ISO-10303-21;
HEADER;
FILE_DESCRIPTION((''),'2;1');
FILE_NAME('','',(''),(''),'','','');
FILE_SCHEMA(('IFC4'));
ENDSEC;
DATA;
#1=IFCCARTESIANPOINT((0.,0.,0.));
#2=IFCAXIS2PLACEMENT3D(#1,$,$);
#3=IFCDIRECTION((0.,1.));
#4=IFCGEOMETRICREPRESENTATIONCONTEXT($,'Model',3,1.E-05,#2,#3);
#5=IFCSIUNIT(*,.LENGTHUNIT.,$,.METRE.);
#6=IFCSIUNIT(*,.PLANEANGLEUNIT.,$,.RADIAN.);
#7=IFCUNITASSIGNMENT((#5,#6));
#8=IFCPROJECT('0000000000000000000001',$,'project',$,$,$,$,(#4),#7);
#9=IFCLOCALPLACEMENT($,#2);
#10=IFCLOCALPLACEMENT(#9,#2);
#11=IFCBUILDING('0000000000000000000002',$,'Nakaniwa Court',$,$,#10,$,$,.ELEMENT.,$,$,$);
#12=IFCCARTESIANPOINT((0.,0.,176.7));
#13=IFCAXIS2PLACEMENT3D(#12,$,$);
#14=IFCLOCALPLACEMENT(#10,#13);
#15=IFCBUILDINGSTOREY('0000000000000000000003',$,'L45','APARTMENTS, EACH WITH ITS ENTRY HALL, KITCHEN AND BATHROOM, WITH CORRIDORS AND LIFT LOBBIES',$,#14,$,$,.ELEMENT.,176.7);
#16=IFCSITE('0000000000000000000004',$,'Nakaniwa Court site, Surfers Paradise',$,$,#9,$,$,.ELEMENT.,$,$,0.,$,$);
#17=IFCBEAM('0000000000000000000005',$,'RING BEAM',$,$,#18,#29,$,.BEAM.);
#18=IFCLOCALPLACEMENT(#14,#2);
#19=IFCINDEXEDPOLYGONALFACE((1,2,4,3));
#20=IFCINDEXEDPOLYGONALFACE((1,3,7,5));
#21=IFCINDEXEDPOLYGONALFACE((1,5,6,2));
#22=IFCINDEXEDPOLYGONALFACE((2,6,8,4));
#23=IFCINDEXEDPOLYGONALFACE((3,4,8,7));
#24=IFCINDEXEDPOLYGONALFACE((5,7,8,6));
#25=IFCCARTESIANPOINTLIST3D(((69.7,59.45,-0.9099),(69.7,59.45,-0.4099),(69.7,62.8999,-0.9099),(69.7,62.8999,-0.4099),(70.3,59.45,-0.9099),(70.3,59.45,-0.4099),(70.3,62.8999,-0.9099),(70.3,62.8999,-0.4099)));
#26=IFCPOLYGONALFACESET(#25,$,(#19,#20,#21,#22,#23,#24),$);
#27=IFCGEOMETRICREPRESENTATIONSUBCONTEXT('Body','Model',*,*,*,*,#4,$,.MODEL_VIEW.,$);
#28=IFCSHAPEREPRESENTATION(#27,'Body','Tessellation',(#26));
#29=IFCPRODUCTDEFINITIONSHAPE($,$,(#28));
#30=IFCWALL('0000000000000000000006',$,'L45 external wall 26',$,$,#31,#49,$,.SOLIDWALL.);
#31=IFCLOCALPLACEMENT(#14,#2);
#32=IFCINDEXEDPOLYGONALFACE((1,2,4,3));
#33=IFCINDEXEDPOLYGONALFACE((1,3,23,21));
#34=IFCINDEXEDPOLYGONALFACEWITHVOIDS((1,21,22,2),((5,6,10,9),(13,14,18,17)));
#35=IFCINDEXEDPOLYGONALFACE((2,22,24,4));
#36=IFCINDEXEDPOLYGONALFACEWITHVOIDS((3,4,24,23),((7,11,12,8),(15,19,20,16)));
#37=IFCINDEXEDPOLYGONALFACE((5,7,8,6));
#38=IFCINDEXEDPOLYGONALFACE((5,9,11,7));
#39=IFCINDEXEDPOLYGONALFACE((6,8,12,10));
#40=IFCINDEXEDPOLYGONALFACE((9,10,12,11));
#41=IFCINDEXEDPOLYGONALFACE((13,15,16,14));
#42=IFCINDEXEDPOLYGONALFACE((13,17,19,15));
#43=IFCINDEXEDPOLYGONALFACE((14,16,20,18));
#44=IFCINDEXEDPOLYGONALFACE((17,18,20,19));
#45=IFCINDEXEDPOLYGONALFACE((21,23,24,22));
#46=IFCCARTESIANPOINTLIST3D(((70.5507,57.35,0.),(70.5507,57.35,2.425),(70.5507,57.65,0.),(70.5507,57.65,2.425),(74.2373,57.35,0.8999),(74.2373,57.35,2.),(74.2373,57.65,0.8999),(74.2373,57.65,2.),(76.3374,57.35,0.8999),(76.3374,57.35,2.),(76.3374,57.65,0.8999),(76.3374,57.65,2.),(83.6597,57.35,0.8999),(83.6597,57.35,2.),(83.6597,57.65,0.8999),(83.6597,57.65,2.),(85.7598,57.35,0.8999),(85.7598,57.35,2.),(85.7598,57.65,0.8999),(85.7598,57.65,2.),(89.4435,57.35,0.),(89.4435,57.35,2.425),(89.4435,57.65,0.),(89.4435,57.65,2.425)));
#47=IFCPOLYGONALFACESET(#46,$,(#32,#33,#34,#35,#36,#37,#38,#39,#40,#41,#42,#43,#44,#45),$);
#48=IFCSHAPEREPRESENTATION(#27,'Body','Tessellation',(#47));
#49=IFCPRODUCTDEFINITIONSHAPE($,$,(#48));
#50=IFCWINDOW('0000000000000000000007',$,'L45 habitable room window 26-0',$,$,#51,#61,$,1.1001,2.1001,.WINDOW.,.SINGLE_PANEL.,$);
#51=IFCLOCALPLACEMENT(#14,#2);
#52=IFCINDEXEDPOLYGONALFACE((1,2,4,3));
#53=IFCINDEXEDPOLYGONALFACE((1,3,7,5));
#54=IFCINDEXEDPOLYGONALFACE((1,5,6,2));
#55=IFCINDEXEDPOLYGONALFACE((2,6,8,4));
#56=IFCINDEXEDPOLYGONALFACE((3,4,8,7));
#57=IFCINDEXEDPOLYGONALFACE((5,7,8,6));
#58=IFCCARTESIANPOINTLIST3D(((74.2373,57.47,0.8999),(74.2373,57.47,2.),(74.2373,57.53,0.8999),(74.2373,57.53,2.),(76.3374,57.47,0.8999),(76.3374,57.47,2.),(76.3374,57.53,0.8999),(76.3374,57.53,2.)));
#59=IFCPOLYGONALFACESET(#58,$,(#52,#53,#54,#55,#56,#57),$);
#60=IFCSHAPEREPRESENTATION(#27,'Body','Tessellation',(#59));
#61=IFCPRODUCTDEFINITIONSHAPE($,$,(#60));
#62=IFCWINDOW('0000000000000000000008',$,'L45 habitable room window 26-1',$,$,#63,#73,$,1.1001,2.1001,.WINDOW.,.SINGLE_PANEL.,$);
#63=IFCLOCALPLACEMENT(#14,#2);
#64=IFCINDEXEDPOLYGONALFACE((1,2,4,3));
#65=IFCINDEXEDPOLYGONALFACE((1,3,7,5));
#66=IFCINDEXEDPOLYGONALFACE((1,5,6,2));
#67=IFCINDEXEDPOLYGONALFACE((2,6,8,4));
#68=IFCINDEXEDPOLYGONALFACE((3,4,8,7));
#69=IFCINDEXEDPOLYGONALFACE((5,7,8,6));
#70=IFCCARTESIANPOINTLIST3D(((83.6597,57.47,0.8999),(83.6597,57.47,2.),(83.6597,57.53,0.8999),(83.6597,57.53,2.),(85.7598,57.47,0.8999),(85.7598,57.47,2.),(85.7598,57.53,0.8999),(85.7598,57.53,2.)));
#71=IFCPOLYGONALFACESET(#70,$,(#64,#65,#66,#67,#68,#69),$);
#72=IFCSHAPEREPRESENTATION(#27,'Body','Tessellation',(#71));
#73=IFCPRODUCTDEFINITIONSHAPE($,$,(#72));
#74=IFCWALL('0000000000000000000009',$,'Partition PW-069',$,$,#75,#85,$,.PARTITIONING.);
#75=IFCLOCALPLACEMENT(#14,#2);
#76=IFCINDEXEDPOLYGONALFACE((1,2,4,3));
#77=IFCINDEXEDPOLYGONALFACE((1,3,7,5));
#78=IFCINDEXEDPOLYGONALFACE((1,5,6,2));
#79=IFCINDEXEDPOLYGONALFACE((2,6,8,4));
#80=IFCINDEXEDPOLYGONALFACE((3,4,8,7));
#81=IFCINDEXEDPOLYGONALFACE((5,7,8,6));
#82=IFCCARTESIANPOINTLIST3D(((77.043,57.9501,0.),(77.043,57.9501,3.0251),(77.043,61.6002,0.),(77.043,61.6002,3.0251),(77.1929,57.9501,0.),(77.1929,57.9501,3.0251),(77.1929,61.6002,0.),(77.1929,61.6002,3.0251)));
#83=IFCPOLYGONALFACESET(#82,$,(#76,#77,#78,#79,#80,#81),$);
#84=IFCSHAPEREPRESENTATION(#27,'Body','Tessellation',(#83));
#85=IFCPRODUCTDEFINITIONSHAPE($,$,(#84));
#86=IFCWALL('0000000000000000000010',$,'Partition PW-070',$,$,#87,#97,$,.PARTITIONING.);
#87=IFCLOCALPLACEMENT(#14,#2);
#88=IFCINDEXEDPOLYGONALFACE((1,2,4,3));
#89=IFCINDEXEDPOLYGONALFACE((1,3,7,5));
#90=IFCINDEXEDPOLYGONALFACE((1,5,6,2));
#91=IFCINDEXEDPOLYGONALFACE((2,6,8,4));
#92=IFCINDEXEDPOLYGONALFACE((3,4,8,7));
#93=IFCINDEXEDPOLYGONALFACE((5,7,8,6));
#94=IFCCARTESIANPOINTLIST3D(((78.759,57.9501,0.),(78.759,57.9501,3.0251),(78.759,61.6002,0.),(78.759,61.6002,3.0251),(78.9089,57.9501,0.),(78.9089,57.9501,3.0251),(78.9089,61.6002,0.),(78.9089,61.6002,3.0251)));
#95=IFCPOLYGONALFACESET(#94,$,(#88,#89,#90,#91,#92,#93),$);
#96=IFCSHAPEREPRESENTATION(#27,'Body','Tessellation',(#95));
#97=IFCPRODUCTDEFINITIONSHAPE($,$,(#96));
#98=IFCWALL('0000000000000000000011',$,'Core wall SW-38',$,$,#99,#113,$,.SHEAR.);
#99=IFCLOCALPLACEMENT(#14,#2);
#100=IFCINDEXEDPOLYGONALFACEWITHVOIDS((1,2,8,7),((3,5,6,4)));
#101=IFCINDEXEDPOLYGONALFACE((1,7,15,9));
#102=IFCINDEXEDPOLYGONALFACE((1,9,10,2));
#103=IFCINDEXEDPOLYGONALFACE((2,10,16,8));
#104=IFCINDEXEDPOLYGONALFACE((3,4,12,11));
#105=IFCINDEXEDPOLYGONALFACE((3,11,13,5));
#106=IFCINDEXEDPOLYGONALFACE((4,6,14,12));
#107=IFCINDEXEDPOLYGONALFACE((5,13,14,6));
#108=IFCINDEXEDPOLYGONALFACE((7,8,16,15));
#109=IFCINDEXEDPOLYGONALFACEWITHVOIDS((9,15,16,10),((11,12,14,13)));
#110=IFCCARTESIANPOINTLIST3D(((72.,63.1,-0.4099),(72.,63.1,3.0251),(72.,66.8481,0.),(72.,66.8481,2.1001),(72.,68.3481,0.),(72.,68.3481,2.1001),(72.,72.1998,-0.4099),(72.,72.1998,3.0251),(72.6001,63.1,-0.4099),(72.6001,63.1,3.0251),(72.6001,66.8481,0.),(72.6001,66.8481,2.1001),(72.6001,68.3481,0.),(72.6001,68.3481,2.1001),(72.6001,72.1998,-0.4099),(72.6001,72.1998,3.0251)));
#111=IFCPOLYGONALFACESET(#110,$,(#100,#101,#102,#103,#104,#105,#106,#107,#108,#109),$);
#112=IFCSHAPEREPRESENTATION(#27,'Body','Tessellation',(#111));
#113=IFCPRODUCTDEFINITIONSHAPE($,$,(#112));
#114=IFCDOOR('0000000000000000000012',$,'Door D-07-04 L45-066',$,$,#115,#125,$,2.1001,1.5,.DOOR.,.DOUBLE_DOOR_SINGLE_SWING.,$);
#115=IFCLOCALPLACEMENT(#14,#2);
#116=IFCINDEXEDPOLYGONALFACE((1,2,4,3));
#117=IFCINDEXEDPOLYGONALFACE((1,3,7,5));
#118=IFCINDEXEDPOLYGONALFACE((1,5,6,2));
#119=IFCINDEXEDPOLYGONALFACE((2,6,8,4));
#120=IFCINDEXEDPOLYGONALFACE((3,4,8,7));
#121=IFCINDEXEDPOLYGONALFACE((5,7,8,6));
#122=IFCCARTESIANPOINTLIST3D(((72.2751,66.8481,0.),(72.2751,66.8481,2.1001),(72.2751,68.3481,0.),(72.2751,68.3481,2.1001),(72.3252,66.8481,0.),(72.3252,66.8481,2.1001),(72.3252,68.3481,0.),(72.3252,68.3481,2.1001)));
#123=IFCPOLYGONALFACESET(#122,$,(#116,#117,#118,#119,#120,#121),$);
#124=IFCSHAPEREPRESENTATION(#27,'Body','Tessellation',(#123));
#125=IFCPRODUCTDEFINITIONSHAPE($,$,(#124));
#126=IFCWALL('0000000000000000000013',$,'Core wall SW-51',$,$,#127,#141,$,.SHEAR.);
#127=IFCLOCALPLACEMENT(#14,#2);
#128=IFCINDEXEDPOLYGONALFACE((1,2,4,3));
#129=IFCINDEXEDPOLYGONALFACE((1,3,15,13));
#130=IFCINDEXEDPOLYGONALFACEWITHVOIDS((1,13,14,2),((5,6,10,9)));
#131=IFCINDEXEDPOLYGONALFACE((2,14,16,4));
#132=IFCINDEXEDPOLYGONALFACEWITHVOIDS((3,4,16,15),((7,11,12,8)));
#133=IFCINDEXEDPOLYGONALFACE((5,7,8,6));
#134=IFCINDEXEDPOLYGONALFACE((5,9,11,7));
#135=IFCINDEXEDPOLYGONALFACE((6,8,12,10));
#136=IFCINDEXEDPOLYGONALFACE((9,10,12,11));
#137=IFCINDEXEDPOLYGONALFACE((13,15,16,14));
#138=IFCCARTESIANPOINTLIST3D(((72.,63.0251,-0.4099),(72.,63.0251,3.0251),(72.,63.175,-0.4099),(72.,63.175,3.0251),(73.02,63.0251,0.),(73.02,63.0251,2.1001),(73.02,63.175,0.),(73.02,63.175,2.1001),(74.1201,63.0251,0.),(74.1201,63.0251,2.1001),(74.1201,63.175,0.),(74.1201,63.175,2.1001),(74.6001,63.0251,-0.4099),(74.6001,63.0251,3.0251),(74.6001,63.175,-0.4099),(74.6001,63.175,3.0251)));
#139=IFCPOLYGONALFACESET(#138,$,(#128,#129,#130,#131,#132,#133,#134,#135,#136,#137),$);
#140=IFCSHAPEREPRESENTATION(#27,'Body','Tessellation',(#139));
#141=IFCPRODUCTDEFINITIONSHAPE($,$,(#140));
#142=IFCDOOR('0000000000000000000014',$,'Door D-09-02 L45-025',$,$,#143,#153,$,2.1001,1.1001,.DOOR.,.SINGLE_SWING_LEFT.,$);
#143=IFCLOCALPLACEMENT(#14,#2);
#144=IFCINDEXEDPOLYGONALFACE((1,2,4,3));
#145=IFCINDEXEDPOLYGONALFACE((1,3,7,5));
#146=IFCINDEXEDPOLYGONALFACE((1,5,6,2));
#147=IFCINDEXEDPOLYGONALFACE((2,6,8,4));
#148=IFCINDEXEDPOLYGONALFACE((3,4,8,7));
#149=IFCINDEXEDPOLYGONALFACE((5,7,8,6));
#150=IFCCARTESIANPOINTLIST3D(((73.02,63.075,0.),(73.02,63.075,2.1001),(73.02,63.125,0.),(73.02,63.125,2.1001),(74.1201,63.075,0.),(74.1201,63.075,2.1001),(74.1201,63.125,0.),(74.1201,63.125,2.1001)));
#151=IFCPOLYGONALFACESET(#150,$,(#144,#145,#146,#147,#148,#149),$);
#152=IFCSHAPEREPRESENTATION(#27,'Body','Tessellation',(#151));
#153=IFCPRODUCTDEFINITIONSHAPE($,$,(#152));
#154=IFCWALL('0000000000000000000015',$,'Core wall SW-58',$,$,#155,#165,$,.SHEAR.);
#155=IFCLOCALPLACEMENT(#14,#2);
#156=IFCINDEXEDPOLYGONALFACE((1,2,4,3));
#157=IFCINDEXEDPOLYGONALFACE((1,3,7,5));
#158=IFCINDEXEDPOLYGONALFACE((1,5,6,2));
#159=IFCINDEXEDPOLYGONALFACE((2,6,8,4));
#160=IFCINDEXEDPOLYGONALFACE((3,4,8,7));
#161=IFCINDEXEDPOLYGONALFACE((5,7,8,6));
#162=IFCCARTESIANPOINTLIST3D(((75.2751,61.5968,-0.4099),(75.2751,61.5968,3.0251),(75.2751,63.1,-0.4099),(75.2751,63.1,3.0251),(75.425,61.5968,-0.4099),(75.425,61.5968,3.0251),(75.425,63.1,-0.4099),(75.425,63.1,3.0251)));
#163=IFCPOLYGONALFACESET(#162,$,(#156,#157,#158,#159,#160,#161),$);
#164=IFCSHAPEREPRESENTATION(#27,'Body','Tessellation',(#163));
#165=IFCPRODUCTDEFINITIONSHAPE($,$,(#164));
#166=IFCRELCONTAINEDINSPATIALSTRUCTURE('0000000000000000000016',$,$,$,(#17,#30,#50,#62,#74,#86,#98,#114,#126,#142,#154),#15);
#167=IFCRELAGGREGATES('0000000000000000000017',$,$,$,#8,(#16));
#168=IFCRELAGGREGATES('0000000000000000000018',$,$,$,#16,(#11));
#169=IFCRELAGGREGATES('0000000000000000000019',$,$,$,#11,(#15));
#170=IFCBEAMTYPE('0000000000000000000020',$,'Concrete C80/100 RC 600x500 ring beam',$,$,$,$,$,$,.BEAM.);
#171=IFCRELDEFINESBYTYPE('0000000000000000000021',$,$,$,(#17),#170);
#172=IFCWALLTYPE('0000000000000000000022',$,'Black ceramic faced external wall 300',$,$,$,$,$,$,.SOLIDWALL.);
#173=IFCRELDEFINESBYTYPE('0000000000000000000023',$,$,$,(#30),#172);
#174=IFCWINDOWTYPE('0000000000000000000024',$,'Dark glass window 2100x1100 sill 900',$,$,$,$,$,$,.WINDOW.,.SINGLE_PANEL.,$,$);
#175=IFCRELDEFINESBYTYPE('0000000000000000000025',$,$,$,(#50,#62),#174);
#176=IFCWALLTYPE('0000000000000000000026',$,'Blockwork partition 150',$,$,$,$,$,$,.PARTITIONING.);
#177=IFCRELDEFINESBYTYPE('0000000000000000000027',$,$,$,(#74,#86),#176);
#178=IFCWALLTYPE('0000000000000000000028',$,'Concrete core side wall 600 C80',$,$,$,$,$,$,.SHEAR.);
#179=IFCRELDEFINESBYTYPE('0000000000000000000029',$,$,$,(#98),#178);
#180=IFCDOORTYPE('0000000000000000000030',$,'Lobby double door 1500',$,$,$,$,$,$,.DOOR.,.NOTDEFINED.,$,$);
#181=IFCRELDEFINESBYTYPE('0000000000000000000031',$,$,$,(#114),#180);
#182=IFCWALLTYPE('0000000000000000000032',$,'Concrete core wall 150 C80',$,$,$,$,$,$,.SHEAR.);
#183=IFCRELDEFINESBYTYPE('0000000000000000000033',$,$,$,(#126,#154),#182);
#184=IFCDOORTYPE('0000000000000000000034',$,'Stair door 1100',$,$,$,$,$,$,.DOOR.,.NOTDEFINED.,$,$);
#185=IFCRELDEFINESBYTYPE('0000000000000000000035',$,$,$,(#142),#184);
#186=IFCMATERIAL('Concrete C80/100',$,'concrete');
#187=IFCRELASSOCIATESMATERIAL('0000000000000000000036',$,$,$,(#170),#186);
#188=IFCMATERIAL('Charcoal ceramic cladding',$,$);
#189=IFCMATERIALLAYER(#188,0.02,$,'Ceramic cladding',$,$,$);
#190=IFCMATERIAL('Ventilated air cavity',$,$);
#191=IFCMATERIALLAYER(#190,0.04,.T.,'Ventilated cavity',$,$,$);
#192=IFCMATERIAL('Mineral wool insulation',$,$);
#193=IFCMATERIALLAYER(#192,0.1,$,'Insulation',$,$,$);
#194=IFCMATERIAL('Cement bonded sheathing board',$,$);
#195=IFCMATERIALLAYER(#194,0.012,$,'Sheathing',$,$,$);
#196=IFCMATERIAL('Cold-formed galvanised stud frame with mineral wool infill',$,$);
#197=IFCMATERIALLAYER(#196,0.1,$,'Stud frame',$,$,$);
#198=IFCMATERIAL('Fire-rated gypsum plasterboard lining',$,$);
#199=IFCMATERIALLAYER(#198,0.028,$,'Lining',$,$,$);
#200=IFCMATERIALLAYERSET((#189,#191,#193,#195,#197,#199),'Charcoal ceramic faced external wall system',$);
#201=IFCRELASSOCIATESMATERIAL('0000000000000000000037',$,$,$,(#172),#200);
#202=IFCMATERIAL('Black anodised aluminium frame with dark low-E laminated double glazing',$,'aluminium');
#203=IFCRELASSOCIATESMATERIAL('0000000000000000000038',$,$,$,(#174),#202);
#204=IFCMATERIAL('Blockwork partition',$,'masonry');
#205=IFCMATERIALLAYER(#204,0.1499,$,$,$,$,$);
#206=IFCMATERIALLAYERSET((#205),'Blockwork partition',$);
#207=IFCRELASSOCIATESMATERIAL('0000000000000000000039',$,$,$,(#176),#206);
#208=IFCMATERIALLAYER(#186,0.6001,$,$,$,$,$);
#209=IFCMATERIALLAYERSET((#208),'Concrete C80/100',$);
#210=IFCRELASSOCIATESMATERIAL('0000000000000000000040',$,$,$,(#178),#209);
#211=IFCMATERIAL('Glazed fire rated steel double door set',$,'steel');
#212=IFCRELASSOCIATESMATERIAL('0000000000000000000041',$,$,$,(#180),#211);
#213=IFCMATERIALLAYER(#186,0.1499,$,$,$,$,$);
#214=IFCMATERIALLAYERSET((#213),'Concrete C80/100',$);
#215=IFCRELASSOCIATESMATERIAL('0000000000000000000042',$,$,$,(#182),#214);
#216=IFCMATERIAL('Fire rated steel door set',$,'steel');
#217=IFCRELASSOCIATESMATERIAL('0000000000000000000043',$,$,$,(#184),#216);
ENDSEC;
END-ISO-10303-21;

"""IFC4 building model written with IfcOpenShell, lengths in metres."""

from ifc_helpers import new_model, si_unit, direction, frame, frame_2d, origin, origin_2d, place, context, subcontext, project, spatial, rectangle, extrude, material, layer, layer_set, material_profile, profile_set, type_object, element, fill, save


model = new_model("IFC4")

# Units and contexts
model_context = context("Model", 3, precision=1e-05, world=origin(), true_north=direction((0.0, 1.0)))
body_context = subcontext(model_context, "Body", "Model", "MODEL_VIEW")
ifc_project = project(units=[si_unit("LENGTHUNIT", "METRE"), si_unit("PLANEANGLEUNIT", "RADIAN")], contexts=[model_context])

# Site, building, storey
site_placement = place(None, origin())
site = spatial("IfcSite", under=ifc_project, at=site_placement, Name="Nakaniwa Court site, Surfers Paradise", CompositionType="ELEMENT", RefElevation=0.0)
building_placement = place(site_placement, origin())
building = spatial("IfcBuilding", under=site, at=building_placement, Name="Nakaniwa Court", CompositionType="ELEMENT")
storey_placement = place(building_placement, frame((0.0, 0.0, 176.7)))
storey = spatial("IfcBuildingStorey", under=building, at=storey_placement, Name="L45", Description="APARTMENTS, EACH WITH ITS ENTRY HALL, KITCHEN AND BATHROOM, WITH CORRIDORS AND LIFT LOBBIES", CompositionType="ELEMENT", Elevation=176.7)

# Beam
ifc_material_1 = material(Name="Concrete C80/100", Category="concrete")
ifc_material_profile_1 = material_profile(ifc_material_1, rectangle(XDim=0.6001, YDim=0.5, at=origin_2d()), Name="Concrete C80/100 RC 600x500 ring beam")
ifc_profile_set_1 = profile_set([ifc_material_profile_1], Name="Concrete C80/100")
beam_type = type_object("IfcBeamType", Name="Concrete C80/100 RC 600x500 ring beam", PredefinedType="BEAM", material=ifc_profile_set_1)
beam_placement = place(storey_placement, frame((70.0, 62.8999, -0.6599), z_axis=(0.0, -1.0, 0.0), x_axis=(1.0, 0.0, 0.0)))
element("IfcBeam", 1, at=beam_placement, inside=storey, type_object=beam_type, Name="RING BEAM", PredefinedType="BEAM", context=body_context, shape_type="SweptSolid", body=[
    extrude(rectangle(XDim=0.6001, YDim=0.5, at=origin_2d()), origin(), (0.0, 0.0, 1.0), 3.45),
])

# Wall, openings, windows
ifc_material_2 = material(Name="Charcoal ceramic cladding")
ifc_layer_1 = layer(ifc_material_2, 0.02, Name="Ceramic cladding")
ifc_material_3 = material(Name="Ventilated air cavity")
ifc_layer_2 = layer(ifc_material_3, 0.04, ventilated=True, Name="Ventilated cavity")
ifc_material_4 = material(Name="Mineral wool insulation")
ifc_layer_3 = layer(ifc_material_4, 0.1, Name="Insulation")
ifc_material_5 = material(Name="Cement bonded sheathing board")
ifc_layer_4 = layer(ifc_material_5, 0.012, Name="Sheathing")
ifc_material_6 = material(Name="Cold-formed galvanised stud frame with mineral wool infill")
ifc_layer_5 = layer(ifc_material_6, 0.1, Name="Stud frame")
ifc_material_7 = material(Name="Fire-rated gypsum plasterboard lining")
ifc_layer_6 = layer(ifc_material_7, 0.028, Name="Lining")
ifc_layer_set_1 = layer_set([ifc_layer_1, ifc_layer_2, ifc_layer_3, ifc_layer_4, ifc_layer_5, ifc_layer_6], Name="Charcoal ceramic faced external wall system")
wall_type_1 = type_object("IfcWallType", Name="Black ceramic faced external wall 300", PredefinedType="SOLIDWALL", material=ifc_layer_set_1)
wall_1_placement = place(storey_placement, frame((70.5508, 57.5, 0.0), z_axis=(0.0, 0.0, 1.0), x_axis=(1.0, 0.0, 0.0)))
wall_1 = element("IfcWall", 2, at=wall_1_placement, inside=storey, type_object=wall_type_1, Name="L45 external wall 26", PredefinedType="SOLIDWALL", context=body_context, shape_type="SweptSolid", body=[
    extrude(rectangle(XDim=18.8928, YDim=0.3, at=frame_2d((9.4463, 0.0))), origin(), (0.0, 0.0, 1.0), 2.425),
])
opening_1_placement = place(wall_1_placement, frame((3.6865, 0.0, 0.8999)))
opening_1 = element("IfcOpeningElement", 3, at=opening_1_placement, cuts=wall_1, PredefinedType="OPENING", context=body_context, shape_type="SweptSolid", body=[
    extrude(rectangle(XDim=2.1001, YDim=1.1001, at=frame_2d((1.05, 0.55))), frame((0.0, 0.1599, 0.0), z_axis=(0.0, -1.0, 0.0), x_axis=(1.0, 0.0, 0.0)), (0.0, 0.0, 1.0), 0.3201),
])
opening_2_placement = place(wall_1_placement, frame((13.1089, 0.0, 0.8999)))
opening_2 = element("IfcOpeningElement", 4, at=opening_2_placement, cuts=wall_1, PredefinedType="OPENING", context=body_context, shape_type="SweptSolid", body=[
    extrude(rectangle(XDim=2.1001, YDim=1.1001, at=frame_2d((1.05, 0.55))), frame((0.0, 0.1599, 0.0), z_axis=(0.0, -1.0, 0.0), x_axis=(1.0, 0.0, 0.0)), (0.0, 0.0, 1.0), 0.3201),
])
ifc_material_8 = material(Name="Black anodised aluminium frame with dark low-E laminated double glazing", Category="aluminium")
window_type = type_object("IfcWindowType", Name="Dark glass window 2100x1100 sill 900", PartitioningType="SINGLE_PANEL", PredefinedType="WINDOW", material=ifc_material_8)
window_1_placement = place(opening_1_placement, origin())
window_1 = element("IfcWindow", 5, at=window_1_placement, inside=storey, type_object=window_type, Name="L45 habitable room window 26-0", OverallHeight=1.1001, OverallWidth=2.1001, PartitioningType="SINGLE_PANEL", PredefinedType="WINDOW", context=body_context, shape_type="SweptSolid", body=[
    extrude(rectangle(XDim=2.1001, YDim=1.1001, at=frame_2d((1.05, 0.55))), frame((0.0, 0.03, 0.0), z_axis=(0.0, -1.0, 0.0), x_axis=(1.0, 0.0, 0.0)), (0.0, 0.0, 1.0), 0.0601),
])
fill(opening_1, window_1)
window_2_placement = place(opening_2_placement, origin())
window_2 = element("IfcWindow", 6, at=window_2_placement, inside=storey, type_object=window_type, Name="L45 habitable room window 26-1", OverallHeight=1.1001, OverallWidth=2.1001, PartitioningType="SINGLE_PANEL", PredefinedType="WINDOW", context=body_context, shape_type="SweptSolid", body=[
    extrude(rectangle(XDim=2.1001, YDim=1.1001, at=frame_2d((1.05, 0.55))), frame((0.0, 0.03, 0.0), z_axis=(0.0, -1.0, 0.0), x_axis=(1.0, 0.0, 0.0)), (0.0, 0.0, 1.0), 0.0601),
])
fill(opening_2, window_2)

# Walls
ifc_material_9 = material(Name="Blockwork partition", Category="masonry")
ifc_layer_7 = layer(ifc_material_9, 0.1499)
ifc_layer_set_2 = layer_set([ifc_layer_7], Name="Blockwork partition")
wall_type_2 = type_object("IfcWallType", Name="Blockwork partition 150", PredefinedType="PARTITIONING", material=ifc_layer_set_2)
for number, where, z_axis, x_axis, name in (
    (7, (77.1179, 57.95, 0.0), (0.0, 0.0, 1.0), (0.0, 1.0, 0.0), "Partition PW-069"),
    (8, (78.834, 57.95, 0.0), (0.0, 0.0, 1.0), (0.0, 1.0, 0.0), "Partition PW-070"),
):
    element("IfcWall", number, at=place(storey_placement, frame(where, z_axis=z_axis, x_axis=x_axis)), inside=storey, type_object=wall_type_2, Name=name, PredefinedType="PARTITIONING", context=body_context, shape_type="SweptSolid", body=[
        extrude(rectangle(XDim=3.6501, YDim=0.1499, at=frame_2d((1.8252, 0.0))), origin(), (0.0, 0.0, 1.0), 3.0251),
    ])

# Walls, openings, doors
ifc_layer_8 = layer(ifc_material_1, 0.6001)
ifc_layer_set_3 = layer_set([ifc_layer_8], Name="Concrete C80/100")
wall_type_3 = type_object("IfcWallType", Name="Concrete core side wall 600 C80", PredefinedType="SHEAR", material=ifc_layer_set_3)
wall_2_placement = place(storey_placement, frame((72.3, 63.1001, -0.4099), z_axis=(0.0, 0.0, 1.0), x_axis=(0.0, 1.0, 0.0)))
wall_2 = element("IfcWall", 9, at=wall_2_placement, inside=storey, type_object=wall_type_3, Name="Core wall SW-38", PredefinedType="SHEAR", context=body_context, shape_type="SweptSolid", body=[
    extrude(rectangle(XDim=9.0999, YDim=0.6001, at=frame_2d((4.5498, 0.0))), origin(), (0.0, 0.0, 1.0), 3.4351),
])
opening_3_placement = place(wall_2_placement, frame((3.748, 0.0, 0.4099)))
opening_3 = element("IfcOpeningElement", 10, at=opening_3_placement, cuts=wall_2, PredefinedType="OPENING", context=body_context, shape_type="SweptSolid", body=[
    extrude(rectangle(XDim=1.5, YDim=2.1001, at=frame_2d((0.75, 1.05))), frame((0.0, 0.3101, 0.0), z_axis=(0.0, -1.0, 0.0), x_axis=(1.0, 0.0, 0.0)), (0.0, 0.0, 1.0), 0.6201),
])
ifc_material_10 = material(Name="Glazed fire rated steel double door set", Category="steel")
door_type_1 = type_object("IfcDoorType", Name="Lobby double door 1500", OperationType="NOTDEFINED", PredefinedType="DOOR", material=ifc_material_10)
door_1_placement = place(opening_3_placement, origin())
door_1 = element("IfcDoor", 11, at=door_1_placement, inside=storey, type_object=door_type_1, Name="Door D-07-04 L45-066", OperationType="DOUBLE_DOOR_SINGLE_SWING", OverallHeight=2.1001, OverallWidth=1.5, PredefinedType="DOOR", context=body_context, shape_type="SweptSolid", body=[
    extrude(rectangle(XDim=1.5, YDim=2.1001, at=frame_2d((0.75, 1.05))), frame((0.0, 0.0249, 0.0), z_axis=(0.0, -1.0, 0.0), x_axis=(1.0, 0.0, 0.0)), (0.0, 0.0, 1.0), 0.05),
])
fill(opening_3, door_1)
ifc_layer_9 = layer(ifc_material_1, 0.1499)
ifc_layer_set_4 = layer_set([ifc_layer_9], Name="Concrete C80/100")
wall_type_4 = type_object("IfcWallType", Name="Concrete core wall 150 C80", PredefinedType="SHEAR", material=ifc_layer_set_4)
wall_3_placement = place(storey_placement, frame((72.0, 63.1001, -0.4099), z_axis=(0.0, 0.0, 1.0), x_axis=(1.0, 0.0, 0.0)))
wall_3 = element("IfcWall", 12, at=wall_3_placement, inside=storey, type_object=wall_type_4, Name="Core wall SW-51", PredefinedType="SHEAR", context=body_context, shape_type="SweptSolid", body=[
    extrude(rectangle(XDim=2.6001, YDim=0.1499, at=frame_2d((1.3, 0.0))), origin(), (0.0, 0.0, 1.0), 3.4351),
])
opening_4_placement = place(wall_3_placement, frame((1.02, 0.0, 0.4099)))
opening_4 = element("IfcOpeningElement", 13, at=opening_4_placement, cuts=wall_3, PredefinedType="OPENING", context=body_context, shape_type="SweptSolid", body=[
    extrude(rectangle(XDim=1.1001, YDim=2.1001, at=frame_2d((0.55, 1.05))), frame((0.0, 0.085, 0.0), z_axis=(0.0, -1.0, 0.0), x_axis=(1.0, 0.0, 0.0)), (0.0, 0.0, 1.0), 0.1699),
])
ifc_material_11 = material(Name="Fire rated steel door set", Category="steel")
door_type_2 = type_object("IfcDoorType", Name="Stair door 1100", OperationType="NOTDEFINED", PredefinedType="DOOR", material=ifc_material_11)
door_2_placement = place(opening_4_placement, origin())
door_2 = element("IfcDoor", 14, at=door_2_placement, inside=storey, type_object=door_type_2, Name="Door D-09-02 L45-025", OperationType="SINGLE_SWING_LEFT", OverallHeight=2.1001, OverallWidth=1.1001, PredefinedType="DOOR", context=body_context, shape_type="SweptSolid", body=[
    extrude(rectangle(XDim=1.1001, YDim=2.1001, at=frame_2d((0.55, 1.05))), frame((0.0, 0.0249, 0.0), z_axis=(0.0, -1.0, 0.0), x_axis=(1.0, 0.0, 0.0)), (0.0, 0.0, 1.0), 0.05),
])
fill(opening_4, door_2)

# Wall
wall_4_placement = place(storey_placement, frame((75.3501, 61.5969, -0.4099), z_axis=(0.0, 0.0, 1.0), x_axis=(0.0, 1.0, 0.0)))
element("IfcWall", 15, at=wall_4_placement, inside=storey, type_object=wall_type_4, Name="Core wall SW-58", PredefinedType="SHEAR", context=body_context, shape_type="SweptSolid", body=[
    extrude(rectangle(XDim=1.5032, YDim=0.1499, at=frame_2d((0.7515, 0.0))), origin(), (0.0, 0.0, 1.0), 3.4351),
])

save(model, "model.ifc")
